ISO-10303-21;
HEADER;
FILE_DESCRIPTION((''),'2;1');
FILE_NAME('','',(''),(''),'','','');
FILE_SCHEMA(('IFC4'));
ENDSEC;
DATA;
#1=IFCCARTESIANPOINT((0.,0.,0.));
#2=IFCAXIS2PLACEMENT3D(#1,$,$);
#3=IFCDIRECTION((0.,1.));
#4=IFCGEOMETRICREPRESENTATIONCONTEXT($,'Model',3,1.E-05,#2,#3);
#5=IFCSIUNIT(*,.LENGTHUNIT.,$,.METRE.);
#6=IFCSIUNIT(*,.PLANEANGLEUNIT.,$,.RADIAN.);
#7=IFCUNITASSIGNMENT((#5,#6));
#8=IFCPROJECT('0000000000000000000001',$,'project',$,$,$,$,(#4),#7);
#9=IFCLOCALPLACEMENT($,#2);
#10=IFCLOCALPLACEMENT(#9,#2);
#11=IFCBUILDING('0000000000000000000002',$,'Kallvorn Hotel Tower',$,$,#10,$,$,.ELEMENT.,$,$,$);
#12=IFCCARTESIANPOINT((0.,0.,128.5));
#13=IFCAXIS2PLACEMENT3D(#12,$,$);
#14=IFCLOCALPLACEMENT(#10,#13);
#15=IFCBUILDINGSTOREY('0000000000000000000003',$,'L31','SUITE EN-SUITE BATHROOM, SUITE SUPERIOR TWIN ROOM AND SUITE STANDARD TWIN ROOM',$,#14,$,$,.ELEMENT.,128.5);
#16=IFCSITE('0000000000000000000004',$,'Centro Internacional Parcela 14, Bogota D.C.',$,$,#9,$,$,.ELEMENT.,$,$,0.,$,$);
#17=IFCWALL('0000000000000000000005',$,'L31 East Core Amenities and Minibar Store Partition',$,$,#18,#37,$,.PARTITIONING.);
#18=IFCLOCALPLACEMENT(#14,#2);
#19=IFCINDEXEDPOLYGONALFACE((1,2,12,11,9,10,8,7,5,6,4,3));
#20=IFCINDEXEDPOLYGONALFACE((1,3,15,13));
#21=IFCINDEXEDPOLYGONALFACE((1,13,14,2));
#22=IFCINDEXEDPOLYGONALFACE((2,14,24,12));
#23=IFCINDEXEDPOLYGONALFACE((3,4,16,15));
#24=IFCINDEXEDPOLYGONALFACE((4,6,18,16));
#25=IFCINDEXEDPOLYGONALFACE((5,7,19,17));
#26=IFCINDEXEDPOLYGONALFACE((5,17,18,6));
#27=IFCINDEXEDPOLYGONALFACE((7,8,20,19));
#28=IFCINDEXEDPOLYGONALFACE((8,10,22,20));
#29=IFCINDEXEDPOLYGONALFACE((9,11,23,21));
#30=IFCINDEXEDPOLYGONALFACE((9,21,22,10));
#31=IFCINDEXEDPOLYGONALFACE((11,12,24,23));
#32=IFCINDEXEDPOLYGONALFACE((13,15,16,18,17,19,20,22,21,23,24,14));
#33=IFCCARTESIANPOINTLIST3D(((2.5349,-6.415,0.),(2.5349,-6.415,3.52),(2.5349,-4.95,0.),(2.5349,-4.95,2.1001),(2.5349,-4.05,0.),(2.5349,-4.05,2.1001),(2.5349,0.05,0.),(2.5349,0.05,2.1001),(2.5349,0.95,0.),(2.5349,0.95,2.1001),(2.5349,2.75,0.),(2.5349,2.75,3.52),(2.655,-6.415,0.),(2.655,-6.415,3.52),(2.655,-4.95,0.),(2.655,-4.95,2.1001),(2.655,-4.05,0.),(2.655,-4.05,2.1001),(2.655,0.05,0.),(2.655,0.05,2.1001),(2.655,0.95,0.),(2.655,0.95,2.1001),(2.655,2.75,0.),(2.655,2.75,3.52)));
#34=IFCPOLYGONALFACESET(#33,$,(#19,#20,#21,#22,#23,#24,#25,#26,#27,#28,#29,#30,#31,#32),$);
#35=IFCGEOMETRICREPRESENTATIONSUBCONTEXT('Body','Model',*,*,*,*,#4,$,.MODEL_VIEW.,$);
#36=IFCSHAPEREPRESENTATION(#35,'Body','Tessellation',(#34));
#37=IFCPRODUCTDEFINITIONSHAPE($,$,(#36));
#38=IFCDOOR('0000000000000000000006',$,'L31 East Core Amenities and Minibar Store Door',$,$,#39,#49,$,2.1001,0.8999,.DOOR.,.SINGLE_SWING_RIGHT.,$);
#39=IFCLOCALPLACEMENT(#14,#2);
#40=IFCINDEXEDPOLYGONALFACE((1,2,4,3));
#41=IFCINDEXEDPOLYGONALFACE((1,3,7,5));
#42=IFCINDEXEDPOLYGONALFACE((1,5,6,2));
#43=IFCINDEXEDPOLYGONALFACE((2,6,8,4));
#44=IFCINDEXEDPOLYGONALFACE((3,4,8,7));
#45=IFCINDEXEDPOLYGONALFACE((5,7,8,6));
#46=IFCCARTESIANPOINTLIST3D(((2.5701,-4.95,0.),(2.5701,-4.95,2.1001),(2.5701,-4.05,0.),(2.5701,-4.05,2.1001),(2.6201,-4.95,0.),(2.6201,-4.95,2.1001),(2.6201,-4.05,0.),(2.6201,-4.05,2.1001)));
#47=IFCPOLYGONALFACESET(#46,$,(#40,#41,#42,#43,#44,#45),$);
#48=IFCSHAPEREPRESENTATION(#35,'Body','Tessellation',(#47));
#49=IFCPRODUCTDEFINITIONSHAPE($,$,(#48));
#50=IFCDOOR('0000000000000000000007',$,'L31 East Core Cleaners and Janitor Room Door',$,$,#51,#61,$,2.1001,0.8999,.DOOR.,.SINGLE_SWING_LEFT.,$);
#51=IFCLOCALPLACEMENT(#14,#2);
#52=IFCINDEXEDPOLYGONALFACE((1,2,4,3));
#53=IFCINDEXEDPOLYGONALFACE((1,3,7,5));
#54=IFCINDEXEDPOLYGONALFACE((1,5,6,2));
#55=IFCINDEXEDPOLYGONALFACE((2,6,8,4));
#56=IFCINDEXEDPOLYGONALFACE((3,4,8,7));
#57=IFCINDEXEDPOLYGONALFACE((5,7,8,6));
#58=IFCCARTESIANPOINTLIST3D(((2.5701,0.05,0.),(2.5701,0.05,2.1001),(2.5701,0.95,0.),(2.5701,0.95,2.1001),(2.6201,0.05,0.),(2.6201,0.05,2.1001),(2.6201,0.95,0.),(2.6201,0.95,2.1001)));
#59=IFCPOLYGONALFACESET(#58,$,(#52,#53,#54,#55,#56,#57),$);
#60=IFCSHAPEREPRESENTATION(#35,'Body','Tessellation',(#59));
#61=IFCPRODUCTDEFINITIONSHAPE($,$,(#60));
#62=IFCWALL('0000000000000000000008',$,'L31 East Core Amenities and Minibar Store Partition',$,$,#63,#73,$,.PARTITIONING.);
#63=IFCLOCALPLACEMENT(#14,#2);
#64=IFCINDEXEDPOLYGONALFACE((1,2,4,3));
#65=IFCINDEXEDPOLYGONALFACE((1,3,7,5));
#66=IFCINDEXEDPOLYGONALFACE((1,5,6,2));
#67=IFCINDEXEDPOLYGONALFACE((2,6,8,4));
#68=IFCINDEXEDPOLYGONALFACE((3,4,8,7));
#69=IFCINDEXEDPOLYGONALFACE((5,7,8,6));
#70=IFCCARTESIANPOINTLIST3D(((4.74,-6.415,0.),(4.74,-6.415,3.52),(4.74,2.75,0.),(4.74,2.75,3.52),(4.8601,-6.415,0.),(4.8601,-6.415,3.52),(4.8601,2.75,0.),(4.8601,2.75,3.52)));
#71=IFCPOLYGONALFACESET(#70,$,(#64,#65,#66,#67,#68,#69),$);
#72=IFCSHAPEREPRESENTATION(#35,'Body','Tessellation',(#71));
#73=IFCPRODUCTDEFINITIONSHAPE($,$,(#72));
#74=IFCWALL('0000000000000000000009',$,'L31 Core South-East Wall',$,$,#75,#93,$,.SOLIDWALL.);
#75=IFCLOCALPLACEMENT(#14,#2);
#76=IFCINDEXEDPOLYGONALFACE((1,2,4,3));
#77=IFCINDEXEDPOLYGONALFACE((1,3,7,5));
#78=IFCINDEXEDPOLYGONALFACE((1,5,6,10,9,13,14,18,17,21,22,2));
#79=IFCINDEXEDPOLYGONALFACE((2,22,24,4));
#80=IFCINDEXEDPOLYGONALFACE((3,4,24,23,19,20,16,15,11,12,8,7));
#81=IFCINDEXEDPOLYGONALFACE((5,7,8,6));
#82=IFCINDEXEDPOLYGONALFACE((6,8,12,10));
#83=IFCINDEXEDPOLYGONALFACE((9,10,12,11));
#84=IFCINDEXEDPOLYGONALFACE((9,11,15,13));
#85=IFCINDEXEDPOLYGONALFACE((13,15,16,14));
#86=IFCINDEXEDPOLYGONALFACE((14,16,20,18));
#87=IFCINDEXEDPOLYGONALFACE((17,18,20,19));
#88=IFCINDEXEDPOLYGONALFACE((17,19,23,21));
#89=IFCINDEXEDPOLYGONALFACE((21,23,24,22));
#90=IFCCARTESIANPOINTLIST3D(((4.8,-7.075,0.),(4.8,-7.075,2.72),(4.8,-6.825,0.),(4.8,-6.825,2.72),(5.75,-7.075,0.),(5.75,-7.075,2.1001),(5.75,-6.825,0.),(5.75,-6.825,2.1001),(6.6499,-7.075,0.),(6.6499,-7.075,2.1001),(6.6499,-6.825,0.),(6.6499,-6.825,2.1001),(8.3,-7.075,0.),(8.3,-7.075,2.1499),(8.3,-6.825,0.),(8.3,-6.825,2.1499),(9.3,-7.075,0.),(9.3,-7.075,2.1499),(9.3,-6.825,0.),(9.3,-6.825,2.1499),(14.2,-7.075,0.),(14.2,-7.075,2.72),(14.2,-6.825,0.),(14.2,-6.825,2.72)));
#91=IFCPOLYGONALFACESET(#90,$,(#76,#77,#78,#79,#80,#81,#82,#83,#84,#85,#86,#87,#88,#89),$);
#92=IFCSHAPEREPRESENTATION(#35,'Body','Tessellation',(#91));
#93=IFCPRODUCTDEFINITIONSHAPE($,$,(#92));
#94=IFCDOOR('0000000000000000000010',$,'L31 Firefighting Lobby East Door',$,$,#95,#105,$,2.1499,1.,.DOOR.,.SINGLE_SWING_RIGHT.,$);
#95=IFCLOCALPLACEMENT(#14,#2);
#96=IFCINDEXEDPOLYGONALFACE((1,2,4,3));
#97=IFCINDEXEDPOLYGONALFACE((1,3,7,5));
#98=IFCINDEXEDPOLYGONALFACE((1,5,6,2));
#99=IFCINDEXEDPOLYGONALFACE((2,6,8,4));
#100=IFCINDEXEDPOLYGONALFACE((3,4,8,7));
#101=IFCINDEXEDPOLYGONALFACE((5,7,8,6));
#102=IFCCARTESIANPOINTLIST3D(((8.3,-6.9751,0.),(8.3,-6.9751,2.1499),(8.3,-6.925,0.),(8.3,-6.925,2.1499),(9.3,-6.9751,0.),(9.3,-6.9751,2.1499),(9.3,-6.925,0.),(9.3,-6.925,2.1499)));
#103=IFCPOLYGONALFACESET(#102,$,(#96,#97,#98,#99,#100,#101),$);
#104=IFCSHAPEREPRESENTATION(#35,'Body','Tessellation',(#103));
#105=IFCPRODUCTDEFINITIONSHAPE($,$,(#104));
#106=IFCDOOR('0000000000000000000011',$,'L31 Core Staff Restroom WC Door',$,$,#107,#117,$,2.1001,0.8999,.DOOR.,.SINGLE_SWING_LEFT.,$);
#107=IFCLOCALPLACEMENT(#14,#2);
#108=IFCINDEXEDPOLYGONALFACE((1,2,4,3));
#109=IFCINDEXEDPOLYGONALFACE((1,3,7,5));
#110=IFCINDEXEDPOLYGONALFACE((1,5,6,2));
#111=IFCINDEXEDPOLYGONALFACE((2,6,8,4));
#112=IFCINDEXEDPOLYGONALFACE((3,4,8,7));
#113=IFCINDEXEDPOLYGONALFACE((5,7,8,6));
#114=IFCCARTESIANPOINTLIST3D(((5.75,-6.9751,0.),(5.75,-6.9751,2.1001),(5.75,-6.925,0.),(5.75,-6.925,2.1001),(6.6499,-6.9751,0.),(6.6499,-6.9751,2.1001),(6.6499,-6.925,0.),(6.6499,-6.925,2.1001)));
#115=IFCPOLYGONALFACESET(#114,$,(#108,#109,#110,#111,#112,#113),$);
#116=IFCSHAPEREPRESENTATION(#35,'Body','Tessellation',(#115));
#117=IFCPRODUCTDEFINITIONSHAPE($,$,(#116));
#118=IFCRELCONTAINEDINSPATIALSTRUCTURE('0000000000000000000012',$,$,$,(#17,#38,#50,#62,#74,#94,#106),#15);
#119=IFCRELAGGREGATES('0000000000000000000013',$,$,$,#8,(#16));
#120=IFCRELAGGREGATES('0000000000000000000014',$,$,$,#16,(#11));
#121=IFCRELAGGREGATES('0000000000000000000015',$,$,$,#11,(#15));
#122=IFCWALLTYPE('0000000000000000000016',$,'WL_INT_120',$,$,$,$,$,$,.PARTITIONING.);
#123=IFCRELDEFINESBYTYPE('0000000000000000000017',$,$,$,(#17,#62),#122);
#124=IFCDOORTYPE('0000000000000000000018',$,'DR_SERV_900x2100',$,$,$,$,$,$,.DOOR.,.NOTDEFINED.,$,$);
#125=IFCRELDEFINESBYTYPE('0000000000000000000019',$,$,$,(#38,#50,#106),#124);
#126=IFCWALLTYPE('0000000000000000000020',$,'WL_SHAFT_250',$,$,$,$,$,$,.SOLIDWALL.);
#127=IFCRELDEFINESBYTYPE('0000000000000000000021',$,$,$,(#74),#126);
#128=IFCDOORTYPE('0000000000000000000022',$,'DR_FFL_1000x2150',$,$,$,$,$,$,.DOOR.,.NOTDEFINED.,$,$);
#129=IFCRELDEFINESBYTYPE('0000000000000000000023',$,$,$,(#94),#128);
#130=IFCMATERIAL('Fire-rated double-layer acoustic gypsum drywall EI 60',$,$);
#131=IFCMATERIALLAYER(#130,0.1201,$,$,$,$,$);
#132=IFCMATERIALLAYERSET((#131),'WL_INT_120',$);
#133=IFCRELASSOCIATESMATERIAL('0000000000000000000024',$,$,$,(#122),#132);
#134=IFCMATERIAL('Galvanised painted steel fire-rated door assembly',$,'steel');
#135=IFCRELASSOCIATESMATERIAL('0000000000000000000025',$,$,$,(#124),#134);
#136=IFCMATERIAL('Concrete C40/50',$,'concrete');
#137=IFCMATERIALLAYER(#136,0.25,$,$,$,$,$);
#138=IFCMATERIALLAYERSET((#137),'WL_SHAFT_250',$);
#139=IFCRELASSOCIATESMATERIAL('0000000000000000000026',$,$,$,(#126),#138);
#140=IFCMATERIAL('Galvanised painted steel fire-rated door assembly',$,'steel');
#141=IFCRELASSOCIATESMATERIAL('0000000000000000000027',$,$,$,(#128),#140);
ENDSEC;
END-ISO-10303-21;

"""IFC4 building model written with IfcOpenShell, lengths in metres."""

from ifc_helpers import new_model, si_unit, direction, frame, frame_2d, origin, place, context, subcontext, project, spatial, rectangle, extrude, material, layer, layer_set, type_object, element, fill, save


model = new_model("IFC4")

# Units and contexts
model_context = context("Model", 3, precision=1e-05, world=origin(), true_north=direction((0.0, 1.0)))
body_context = subcontext(model_context, "Body", "Model", "MODEL_VIEW")
ifc_project = project(units=[si_unit("LENGTHUNIT", "METRE"), si_unit("PLANEANGLEUNIT", "RADIAN")], contexts=[model_context])

# Site, building, storey
site_placement = place(None, origin())
site = spatial("IfcSite", under=ifc_project, at=site_placement, Name="Centro Internacional Parcela 14, Bogota D.C.", CompositionType="ELEMENT", RefElevation=0.0)
building_placement = place(site_placement, origin())
building = spatial("IfcBuilding", under=site, at=building_placement, Name="Kallvorn Hotel Tower", CompositionType="ELEMENT")
storey_placement = place(building_placement, frame((0.0, 0.0, 128.5)))
storey = spatial("IfcBuildingStorey", under=building, at=storey_placement, Name="L31", Description="SUITE EN-SUITE BATHROOM, SUITE SUPERIOR TWIN ROOM AND SUITE STANDARD TWIN ROOM", CompositionType="ELEMENT", Elevation=128.5)

# Shared definitions
ifc_material_1 = material(Name="Fire-rated double-layer acoustic gypsum drywall EI 60")
ifc_layer_1 = layer(ifc_material_1, 0.1201)
ifc_layer_set_1 = layer_set([ifc_layer_1], Name="WL_INT_120")
wall_type_1 = type_object("IfcWallType", Name="WL_INT_120", PredefinedType="PARTITIONING", material=ifc_layer_set_1)

# Wall, openings, doors
wall_1_placement = place(storey_placement, frame((2.595, -6.415, 0.0), z_axis=(0.0, 0.0, 1.0), x_axis=(0.0, 1.0, 0.0)))
wall_1 = element("IfcWall", 1, at=wall_1_placement, inside=storey, type_object=wall_type_1, Name="L31 East Core Amenities and Minibar Store Partition", PredefinedType="PARTITIONING", context=body_context, shape_type="SweptSolid", body=[
    extrude(rectangle(XDim=9.165, YDim=0.1201, at=frame_2d((4.5825, 0.0))), origin(), (0.0, 0.0, 1.0), 3.52),
])
opening_1_placement = place(wall_1_placement, frame((1.4651, 0.0, 0.0)))
opening_1 = element("IfcOpeningElement", 2, at=opening_1_placement, cuts=wall_1, PredefinedType="OPENING", context=body_context, shape_type="SweptSolid", body=[
    extrude(rectangle(XDim=0.8999, YDim=2.1001, at=frame_2d((0.45, 1.05))), frame((0.0, 0.075, 0.0), z_axis=(0.0, -1.0, 0.0), x_axis=(1.0, 0.0, 0.0)), (0.0, 0.0, 1.0), 0.1501),
])
opening_2_placement = place(wall_1_placement, frame((6.4651, 0.0, 0.0)))
opening_2 = element("IfcOpeningElement", 3, at=opening_2_placement, cuts=wall_1, PredefinedType="OPENING", context=body_context, shape_type="SweptSolid", body=[
    extrude(rectangle(XDim=0.8999, YDim=2.1001, at=frame_2d((0.45, 1.05))), frame((0.0, 0.075, 0.0), z_axis=(0.0, -1.0, 0.0), x_axis=(1.0, 0.0, 0.0)), (0.0, 0.0, 1.0), 0.1501),
])
ifc_material_2 = material(Name="Galvanised painted steel fire-rated door assembly", Category="steel")
door_type_1 = type_object("IfcDoorType", Name="DR_SERV_900x2100", OperationType="NOTDEFINED", PredefinedType="DOOR", material=ifc_material_2)
door_1_placement = place(opening_1_placement, origin())
door_1 = element("IfcDoor", 4, at=door_1_placement, inside=storey, type_object=door_type_1, Name="L31 East Core Amenities and Minibar Store Door", OperationType="SINGLE_SWING_RIGHT", OverallHeight=2.1001, OverallWidth=0.8999, PredefinedType="DOOR", context=body_context, shape_type="SweptSolid", body=[
    extrude(rectangle(XDim=0.8999, YDim=2.1001, at=frame_2d((0.45, 1.05))), frame((0.0, 0.0249, 0.0), z_axis=(0.0, -1.0, 0.0), x_axis=(1.0, 0.0, 0.0)), (0.0, 0.0, 1.0), 0.05),
])
fill(opening_1, door_1)
door_2_placement = place(opening_2_placement, origin())
door_2 = element("IfcDoor", 5, at=door_2_placement, inside=storey, type_object=door_type_1, Name="L31 East Core Cleaners and Janitor Room Door", OperationType="SINGLE_SWING_LEFT", OverallHeight=2.1001, OverallWidth=0.8999, PredefinedType="DOOR", context=body_context, shape_type="SweptSolid", body=[
    extrude(rectangle(XDim=0.8999, YDim=2.1001, at=frame_2d((0.45, 1.05))), frame((0.0, 0.0249, 0.0), z_axis=(0.0, -1.0, 0.0), x_axis=(1.0, 0.0, 0.0)), (0.0, 0.0, 1.0), 0.05),
])
fill(opening_2, door_2)

# Wall
wall_2_placement = place(storey_placement, frame((4.8, -6.415, 0.0), z_axis=(0.0, 0.0, 1.0), x_axis=(0.0, 1.0, 0.0)))
element("IfcWall", 6, at=wall_2_placement, inside=storey, type_object=wall_type_1, Name="L31 East Core Amenities and Minibar Store Partition", PredefinedType="PARTITIONING", context=body_context, shape_type="SweptSolid", body=[
    extrude(rectangle(XDim=9.165, YDim=0.1201, at=frame_2d((4.5825, 0.0))), origin(), (0.0, 0.0, 1.0), 3.52),
])

# Wall, openings, doors
ifc_material_3 = material(Name="Concrete C40/50", Category="concrete")
ifc_layer_2 = layer(ifc_material_3, 0.25)
ifc_layer_set_2 = layer_set([ifc_layer_2], Name="WL_SHAFT_250")
wall_type_2 = type_object("IfcWallType", Name="WL_SHAFT_250", PredefinedType="SOLIDWALL", material=ifc_layer_set_2)
wall_3_placement = place(storey_placement, frame((4.8, -6.95, 0.0), z_axis=(0.0, 0.0, 1.0), x_axis=(1.0, 0.0, 0.0)))
wall_3 = element("IfcWall", 7, at=wall_3_placement, inside=storey, type_object=wall_type_2, Name="L31 Core South-East Wall", PredefinedType="SOLIDWALL", context=body_context, shape_type="SweptSolid", body=[
    extrude(rectangle(XDim=9.3999, YDim=0.25, at=frame_2d((4.7, 0.0))), origin(), (0.0, 0.0, 1.0), 2.72),
])
opening_3_placement = place(wall_3_placement, frame((3.5, 0.0, 0.0)))
opening_3 = element("IfcOpeningElement", 8, at=opening_3_placement, cuts=wall_3, PredefinedType="OPENING", context=body_context, shape_type="SweptSolid", body=[
    extrude(rectangle(XDim=1.0, YDim=2.1499, at=frame_2d((0.5, 1.075))), frame((0.0, 0.1399, 0.0), z_axis=(0.0, -1.0, 0.0), x_axis=(1.0, 0.0, 0.0)), (0.0, 0.0, 1.0), 0.28),
])
opening_4_placement = place(wall_3_placement, frame((0.95, 0.0, 0.0)))
opening_4 = element("IfcOpeningElement", 9, at=opening_4_placement, cuts=wall_3, PredefinedType="OPENING", context=body_context, shape_type="SweptSolid", body=[
    extrude(rectangle(XDim=0.8999, YDim=2.1001, at=frame_2d((0.45, 1.05))), frame((0.0, 0.1399, 0.0), z_axis=(0.0, -1.0, 0.0), x_axis=(1.0, 0.0, 0.0)), (0.0, 0.0, 1.0), 0.28),
])
ifc_material_4 = material(Name="Galvanised painted steel fire-rated door assembly", Category="steel")
door_type_2 = type_object("IfcDoorType", Name="DR_FFL_1000x2150", OperationType="NOTDEFINED", PredefinedType="DOOR", material=ifc_material_4)
door_3_placement = place(opening_3_placement, origin())
door_3 = element("IfcDoor", 10, at=door_3_placement, inside=storey, type_object=door_type_2, Name="L31 Firefighting Lobby East Door", OperationType="SINGLE_SWING_RIGHT", OverallHeight=2.1499, OverallWidth=1.0, PredefinedType="DOOR", context=body_context, shape_type="SweptSolid", body=[
    extrude(rectangle(XDim=1.0, YDim=2.1499, at=frame_2d((0.5, 1.075))), frame((0.0, 0.0249, 0.0), z_axis=(0.0, -1.0, 0.0), x_axis=(1.0, 0.0, 0.0)), (0.0, 0.0, 1.0), 0.05),
])
fill(opening_3, door_3)
door_4_placement = place(opening_4_placement, origin())
door_4 = element("IfcDoor", 11, at=door_4_placement, inside=storey, type_object=door_type_1, Name="L31 Core Staff Restroom WC Door", OperationType="SINGLE_SWING_LEFT", OverallHeight=2.1001, OverallWidth=0.8999, PredefinedType="DOOR", context=body_context, shape_type="SweptSolid", body=[
    extrude(rectangle(XDim=0.8999, YDim=2.1001, at=frame_2d((0.45, 1.05))), frame((0.0, 0.0249, 0.0), z_axis=(0.0, -1.0, 0.0), x_axis=(1.0, 0.0, 0.0)), (0.0, 0.0, 1.0), 0.05),
])
fill(opening_4, door_4)

save(model, "model.ifc")
